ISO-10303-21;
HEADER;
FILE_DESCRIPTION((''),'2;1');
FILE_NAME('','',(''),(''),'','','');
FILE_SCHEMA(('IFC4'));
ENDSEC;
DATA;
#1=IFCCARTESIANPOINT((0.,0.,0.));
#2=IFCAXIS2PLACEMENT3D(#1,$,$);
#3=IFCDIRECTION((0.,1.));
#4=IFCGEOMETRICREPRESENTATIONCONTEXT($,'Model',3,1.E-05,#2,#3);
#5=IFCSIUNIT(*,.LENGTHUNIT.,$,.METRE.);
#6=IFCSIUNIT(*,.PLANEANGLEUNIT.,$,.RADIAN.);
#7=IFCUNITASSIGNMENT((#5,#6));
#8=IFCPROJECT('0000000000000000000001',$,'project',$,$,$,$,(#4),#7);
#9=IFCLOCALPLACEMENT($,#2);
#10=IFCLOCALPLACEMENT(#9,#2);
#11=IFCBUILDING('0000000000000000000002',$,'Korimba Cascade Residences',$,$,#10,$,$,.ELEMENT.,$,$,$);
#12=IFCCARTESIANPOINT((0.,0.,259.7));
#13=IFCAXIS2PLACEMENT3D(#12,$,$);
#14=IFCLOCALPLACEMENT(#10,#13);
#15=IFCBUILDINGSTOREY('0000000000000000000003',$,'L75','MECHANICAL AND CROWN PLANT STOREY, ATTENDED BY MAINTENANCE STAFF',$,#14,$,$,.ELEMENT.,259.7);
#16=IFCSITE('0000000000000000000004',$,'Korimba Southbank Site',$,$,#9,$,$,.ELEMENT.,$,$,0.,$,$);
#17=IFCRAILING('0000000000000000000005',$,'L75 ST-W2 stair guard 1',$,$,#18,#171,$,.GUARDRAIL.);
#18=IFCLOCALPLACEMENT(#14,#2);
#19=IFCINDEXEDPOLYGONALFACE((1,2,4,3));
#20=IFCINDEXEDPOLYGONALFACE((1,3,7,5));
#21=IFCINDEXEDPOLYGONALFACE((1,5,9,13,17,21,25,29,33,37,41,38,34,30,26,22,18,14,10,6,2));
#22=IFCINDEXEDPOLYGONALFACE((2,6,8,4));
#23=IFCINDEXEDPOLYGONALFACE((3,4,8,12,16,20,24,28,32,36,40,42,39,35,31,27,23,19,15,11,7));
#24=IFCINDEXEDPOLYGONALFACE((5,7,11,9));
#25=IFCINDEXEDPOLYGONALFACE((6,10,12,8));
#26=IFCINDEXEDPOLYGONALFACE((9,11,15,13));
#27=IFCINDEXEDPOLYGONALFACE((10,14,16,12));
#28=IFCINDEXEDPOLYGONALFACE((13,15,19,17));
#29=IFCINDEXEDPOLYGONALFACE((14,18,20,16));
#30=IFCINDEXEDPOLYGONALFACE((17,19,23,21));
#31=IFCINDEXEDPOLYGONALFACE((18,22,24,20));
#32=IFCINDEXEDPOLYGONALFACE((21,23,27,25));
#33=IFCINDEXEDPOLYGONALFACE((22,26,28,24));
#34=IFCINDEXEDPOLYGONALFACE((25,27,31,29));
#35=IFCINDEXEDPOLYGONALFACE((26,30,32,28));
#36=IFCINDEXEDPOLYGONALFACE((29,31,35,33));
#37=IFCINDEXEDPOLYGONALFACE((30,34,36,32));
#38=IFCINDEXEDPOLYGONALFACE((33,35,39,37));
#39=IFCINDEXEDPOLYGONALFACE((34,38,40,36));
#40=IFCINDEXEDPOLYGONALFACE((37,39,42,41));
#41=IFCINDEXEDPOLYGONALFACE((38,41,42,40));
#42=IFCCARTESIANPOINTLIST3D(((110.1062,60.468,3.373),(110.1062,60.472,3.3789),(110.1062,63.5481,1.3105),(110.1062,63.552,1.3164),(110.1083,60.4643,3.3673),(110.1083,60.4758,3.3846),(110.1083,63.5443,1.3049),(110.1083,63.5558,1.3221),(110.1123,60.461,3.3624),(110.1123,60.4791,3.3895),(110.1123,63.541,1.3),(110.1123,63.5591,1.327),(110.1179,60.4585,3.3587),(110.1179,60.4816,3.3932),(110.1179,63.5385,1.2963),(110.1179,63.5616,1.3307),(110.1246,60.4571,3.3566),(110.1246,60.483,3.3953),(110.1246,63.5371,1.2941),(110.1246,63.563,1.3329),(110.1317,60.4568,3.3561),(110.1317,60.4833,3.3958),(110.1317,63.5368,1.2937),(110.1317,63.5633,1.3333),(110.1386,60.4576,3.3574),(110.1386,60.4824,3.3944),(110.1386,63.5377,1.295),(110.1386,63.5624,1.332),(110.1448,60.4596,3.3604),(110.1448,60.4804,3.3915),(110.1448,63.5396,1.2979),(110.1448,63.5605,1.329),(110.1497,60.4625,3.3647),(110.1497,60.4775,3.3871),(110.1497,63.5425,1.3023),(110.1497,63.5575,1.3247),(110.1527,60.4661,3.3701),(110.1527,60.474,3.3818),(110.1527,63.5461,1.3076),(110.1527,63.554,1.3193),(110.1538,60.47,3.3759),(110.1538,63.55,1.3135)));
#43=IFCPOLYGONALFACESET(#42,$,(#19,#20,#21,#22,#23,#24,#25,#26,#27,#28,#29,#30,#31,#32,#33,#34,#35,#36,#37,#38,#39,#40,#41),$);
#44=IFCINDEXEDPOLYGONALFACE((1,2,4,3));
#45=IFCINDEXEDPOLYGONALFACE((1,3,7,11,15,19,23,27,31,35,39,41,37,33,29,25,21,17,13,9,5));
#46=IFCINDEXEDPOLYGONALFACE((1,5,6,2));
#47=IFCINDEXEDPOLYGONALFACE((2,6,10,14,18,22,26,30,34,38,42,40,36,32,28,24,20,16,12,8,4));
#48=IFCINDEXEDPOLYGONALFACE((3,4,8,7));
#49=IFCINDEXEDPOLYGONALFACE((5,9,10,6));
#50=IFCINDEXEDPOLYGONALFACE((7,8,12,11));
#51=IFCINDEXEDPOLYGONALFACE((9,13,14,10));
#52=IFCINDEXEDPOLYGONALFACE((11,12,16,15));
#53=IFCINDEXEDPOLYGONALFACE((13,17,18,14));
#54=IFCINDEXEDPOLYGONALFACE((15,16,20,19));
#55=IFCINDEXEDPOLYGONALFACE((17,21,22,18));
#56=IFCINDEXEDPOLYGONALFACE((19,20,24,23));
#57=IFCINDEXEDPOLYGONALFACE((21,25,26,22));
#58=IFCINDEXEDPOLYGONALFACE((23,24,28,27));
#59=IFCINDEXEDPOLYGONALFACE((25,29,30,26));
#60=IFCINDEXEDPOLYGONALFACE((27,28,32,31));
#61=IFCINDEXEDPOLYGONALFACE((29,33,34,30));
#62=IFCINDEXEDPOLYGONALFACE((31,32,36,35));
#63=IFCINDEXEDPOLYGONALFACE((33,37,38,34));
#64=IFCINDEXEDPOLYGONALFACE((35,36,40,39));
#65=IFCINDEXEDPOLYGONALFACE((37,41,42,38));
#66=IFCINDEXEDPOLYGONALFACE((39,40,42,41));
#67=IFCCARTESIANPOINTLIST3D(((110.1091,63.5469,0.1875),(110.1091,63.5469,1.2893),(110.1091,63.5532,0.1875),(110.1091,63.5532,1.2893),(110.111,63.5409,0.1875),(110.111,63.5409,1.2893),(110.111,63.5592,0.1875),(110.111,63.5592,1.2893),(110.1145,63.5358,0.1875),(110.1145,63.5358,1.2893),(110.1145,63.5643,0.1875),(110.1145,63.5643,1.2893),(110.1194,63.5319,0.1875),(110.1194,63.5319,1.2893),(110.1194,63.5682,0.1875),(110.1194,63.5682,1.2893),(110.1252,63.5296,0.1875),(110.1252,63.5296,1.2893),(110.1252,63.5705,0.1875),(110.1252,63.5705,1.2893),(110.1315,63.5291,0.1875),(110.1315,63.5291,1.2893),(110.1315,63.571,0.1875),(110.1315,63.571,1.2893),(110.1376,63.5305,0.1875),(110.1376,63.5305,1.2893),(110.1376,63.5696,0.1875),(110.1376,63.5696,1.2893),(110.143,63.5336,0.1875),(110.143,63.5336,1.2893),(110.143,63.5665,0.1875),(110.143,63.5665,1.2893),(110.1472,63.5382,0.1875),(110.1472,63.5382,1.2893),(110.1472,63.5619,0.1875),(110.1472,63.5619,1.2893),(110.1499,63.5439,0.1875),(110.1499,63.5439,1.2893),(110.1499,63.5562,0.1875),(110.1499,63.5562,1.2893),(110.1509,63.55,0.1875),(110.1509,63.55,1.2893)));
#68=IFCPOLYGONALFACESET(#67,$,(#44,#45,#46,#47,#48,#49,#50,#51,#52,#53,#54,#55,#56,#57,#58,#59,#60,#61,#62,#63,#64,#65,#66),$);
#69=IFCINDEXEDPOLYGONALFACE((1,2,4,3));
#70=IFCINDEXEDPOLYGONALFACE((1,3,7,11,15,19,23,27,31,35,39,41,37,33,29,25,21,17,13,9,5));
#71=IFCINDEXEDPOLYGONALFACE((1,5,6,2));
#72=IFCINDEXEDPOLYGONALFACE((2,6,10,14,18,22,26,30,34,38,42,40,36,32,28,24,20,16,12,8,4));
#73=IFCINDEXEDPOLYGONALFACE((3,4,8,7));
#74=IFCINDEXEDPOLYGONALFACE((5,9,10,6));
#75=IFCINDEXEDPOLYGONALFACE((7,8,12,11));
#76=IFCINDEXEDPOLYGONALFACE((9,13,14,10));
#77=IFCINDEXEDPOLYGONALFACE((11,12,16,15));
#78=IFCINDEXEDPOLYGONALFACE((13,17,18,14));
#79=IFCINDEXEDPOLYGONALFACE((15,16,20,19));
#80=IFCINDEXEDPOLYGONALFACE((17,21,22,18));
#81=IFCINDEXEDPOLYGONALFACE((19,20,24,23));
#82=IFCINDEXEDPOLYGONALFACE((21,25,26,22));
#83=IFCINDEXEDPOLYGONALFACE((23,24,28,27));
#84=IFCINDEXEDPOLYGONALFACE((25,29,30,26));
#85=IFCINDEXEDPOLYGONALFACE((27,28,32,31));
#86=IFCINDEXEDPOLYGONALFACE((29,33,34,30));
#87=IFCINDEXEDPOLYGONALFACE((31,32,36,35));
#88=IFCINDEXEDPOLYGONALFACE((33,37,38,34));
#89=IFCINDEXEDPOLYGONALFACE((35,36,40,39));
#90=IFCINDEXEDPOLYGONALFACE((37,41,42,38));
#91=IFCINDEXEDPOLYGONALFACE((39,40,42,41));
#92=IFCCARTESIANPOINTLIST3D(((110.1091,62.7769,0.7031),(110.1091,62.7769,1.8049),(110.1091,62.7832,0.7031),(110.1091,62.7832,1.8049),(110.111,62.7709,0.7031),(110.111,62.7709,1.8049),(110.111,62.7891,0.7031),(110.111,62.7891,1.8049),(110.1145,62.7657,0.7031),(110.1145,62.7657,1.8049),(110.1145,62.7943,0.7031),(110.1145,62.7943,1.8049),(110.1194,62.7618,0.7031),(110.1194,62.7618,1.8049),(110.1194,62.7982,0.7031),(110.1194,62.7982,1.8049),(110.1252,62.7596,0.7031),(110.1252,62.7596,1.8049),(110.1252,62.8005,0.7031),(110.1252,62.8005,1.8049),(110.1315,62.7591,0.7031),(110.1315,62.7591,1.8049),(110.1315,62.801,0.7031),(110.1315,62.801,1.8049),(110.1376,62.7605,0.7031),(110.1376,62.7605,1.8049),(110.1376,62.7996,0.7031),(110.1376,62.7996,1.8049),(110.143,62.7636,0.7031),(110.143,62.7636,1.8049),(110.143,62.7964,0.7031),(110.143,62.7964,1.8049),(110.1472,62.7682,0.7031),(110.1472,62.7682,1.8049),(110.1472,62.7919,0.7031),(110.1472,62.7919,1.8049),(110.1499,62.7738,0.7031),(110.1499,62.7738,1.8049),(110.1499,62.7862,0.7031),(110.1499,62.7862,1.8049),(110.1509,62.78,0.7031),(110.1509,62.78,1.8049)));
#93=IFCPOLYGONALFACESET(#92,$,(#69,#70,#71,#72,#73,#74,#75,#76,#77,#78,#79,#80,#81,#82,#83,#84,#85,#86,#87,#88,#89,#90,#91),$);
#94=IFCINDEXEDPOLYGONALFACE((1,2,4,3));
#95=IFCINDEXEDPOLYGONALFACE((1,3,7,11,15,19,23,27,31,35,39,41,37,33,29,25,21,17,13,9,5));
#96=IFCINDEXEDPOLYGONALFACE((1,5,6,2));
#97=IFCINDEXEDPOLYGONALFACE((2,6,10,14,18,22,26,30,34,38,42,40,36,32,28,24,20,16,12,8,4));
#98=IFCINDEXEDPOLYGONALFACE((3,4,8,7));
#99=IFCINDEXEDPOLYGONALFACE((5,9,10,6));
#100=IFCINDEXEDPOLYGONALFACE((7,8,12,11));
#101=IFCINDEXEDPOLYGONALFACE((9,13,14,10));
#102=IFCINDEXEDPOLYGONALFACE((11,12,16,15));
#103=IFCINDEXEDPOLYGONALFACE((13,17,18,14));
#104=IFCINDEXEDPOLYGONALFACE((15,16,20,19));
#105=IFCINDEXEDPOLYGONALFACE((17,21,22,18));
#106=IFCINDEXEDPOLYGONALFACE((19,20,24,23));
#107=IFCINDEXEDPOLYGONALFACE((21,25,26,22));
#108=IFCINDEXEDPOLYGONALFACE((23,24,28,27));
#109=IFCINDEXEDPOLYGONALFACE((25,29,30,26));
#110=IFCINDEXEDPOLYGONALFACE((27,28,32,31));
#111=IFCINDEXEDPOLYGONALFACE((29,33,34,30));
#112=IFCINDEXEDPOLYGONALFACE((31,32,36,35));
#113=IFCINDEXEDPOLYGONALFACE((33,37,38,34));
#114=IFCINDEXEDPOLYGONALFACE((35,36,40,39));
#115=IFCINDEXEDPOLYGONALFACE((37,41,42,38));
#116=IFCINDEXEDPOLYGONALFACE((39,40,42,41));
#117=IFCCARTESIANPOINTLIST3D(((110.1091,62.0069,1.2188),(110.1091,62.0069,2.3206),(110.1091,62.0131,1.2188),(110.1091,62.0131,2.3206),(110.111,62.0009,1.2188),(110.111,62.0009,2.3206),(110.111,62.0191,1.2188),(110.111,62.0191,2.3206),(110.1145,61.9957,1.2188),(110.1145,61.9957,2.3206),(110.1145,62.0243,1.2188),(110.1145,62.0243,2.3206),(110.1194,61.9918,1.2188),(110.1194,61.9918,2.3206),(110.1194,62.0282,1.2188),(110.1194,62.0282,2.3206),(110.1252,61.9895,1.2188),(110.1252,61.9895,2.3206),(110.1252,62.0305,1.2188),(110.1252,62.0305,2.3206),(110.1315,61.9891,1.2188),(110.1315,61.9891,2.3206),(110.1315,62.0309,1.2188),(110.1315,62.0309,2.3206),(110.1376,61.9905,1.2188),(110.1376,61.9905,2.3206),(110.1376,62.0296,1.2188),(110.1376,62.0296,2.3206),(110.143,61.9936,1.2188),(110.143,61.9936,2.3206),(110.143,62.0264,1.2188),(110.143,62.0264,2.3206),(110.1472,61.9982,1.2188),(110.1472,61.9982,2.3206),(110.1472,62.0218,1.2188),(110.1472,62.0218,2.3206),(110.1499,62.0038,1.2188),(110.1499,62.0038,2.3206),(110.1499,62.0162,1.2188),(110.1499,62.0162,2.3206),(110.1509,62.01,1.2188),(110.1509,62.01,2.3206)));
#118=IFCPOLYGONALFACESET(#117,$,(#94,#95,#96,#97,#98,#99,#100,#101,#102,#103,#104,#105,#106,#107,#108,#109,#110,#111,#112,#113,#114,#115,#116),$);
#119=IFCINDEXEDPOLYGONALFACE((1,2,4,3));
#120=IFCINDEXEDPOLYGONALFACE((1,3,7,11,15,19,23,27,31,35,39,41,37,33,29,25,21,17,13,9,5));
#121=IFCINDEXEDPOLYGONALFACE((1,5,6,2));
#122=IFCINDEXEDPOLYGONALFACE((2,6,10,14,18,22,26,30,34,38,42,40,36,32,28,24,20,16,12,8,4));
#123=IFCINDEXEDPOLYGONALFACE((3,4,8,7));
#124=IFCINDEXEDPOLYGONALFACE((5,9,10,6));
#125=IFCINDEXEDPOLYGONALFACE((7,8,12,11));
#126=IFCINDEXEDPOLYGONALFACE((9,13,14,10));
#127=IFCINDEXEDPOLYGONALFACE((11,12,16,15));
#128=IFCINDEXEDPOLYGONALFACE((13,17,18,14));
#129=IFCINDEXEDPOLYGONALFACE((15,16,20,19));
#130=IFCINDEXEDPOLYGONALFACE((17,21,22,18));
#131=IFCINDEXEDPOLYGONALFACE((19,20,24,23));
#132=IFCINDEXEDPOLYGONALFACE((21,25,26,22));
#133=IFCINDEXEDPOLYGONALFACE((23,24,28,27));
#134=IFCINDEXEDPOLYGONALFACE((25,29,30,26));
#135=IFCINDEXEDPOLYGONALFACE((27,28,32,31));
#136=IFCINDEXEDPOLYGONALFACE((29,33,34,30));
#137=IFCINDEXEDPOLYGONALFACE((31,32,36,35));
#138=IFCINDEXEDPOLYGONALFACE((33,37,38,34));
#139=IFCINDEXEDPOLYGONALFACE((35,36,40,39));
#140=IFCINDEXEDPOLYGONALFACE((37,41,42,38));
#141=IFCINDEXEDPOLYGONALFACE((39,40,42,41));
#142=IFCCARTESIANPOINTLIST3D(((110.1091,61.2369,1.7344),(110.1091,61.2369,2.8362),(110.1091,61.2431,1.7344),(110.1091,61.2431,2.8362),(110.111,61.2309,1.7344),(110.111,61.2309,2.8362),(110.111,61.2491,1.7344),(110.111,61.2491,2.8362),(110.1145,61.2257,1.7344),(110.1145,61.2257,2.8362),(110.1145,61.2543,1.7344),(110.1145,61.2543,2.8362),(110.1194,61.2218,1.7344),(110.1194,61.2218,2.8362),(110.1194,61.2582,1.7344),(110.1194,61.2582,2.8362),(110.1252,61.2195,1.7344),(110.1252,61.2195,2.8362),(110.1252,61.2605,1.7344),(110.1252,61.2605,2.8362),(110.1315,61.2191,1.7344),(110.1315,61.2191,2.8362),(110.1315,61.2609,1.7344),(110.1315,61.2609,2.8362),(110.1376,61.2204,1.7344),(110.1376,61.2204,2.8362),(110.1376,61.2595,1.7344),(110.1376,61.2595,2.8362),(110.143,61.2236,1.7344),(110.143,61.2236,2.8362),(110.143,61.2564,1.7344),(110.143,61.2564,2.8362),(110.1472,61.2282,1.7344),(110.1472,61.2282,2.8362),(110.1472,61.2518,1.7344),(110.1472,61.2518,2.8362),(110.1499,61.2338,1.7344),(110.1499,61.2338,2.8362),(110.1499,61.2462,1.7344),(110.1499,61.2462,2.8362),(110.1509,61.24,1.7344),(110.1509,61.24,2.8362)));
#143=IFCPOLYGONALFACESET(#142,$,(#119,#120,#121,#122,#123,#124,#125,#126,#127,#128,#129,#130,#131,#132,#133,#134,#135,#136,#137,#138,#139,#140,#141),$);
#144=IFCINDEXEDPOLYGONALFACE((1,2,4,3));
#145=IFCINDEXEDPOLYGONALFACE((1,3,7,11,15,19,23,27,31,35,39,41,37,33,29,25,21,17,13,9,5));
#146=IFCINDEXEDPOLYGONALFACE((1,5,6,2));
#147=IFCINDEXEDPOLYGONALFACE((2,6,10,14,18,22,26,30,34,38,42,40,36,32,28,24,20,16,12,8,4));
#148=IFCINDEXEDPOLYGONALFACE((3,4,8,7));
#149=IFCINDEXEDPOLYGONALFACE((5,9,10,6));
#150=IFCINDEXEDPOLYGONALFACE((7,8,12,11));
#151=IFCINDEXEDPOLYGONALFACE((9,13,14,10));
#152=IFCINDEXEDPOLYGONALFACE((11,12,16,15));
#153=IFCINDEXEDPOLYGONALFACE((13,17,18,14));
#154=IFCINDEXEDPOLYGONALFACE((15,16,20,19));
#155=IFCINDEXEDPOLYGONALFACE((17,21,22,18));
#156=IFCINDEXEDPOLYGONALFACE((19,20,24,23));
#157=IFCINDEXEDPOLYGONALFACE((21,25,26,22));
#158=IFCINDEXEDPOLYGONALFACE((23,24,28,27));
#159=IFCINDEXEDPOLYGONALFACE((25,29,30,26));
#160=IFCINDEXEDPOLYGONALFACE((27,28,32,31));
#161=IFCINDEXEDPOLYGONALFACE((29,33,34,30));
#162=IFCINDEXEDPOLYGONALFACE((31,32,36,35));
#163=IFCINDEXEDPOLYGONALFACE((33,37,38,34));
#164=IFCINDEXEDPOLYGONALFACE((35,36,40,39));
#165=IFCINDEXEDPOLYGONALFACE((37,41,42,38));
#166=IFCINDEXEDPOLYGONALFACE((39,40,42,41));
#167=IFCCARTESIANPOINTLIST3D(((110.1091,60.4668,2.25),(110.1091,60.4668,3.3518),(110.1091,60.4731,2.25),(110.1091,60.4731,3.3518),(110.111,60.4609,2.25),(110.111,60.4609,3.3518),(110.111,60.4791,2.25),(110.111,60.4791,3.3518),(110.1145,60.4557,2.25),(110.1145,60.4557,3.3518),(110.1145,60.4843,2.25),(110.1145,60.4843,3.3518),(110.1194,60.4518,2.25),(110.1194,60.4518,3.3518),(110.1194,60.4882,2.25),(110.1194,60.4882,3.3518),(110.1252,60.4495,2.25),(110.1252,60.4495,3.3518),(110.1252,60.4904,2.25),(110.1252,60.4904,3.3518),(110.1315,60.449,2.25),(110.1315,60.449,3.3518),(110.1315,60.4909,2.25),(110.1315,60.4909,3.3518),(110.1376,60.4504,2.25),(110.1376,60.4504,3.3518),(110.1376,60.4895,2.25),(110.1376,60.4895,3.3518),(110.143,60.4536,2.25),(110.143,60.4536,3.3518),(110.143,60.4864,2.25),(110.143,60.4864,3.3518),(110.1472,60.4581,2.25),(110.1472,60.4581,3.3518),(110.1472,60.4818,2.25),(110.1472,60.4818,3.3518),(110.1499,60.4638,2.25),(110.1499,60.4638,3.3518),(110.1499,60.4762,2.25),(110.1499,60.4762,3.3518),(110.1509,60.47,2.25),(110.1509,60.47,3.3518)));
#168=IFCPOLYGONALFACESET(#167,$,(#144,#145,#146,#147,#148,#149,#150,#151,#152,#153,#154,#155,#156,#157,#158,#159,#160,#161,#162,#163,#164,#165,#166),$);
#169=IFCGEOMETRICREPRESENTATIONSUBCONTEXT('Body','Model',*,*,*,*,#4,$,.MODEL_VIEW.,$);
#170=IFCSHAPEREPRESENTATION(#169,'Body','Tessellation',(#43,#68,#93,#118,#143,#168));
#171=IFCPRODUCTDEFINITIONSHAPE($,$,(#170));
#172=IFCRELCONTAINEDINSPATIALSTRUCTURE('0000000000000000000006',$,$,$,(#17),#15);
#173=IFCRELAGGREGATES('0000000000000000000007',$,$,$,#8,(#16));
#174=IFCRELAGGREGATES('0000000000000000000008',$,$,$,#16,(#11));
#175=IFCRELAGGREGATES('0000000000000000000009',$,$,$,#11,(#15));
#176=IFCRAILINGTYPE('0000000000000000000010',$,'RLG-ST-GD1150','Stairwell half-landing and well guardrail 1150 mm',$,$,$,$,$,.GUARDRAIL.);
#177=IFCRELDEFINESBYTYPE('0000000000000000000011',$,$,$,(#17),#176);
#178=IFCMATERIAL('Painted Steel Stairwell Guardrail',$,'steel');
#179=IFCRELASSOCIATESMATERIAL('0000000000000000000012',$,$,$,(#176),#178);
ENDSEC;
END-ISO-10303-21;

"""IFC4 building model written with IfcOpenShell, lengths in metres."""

from ifc_helpers import new_model, si_unit, direction, frame, origin, origin_2d, place, context, subcontext, project, spatial, circle, extrude, material, type_object, element, save


model = new_model("IFC4")

# Units and contexts
model_context = context("Model", 3, precision=1e-05, world=origin(), true_north=direction((0.0, 1.0)))
body_context = subcontext(model_context, "Body", "Model", "MODEL_VIEW")
ifc_project = project(units=[si_unit("LENGTHUNIT", "METRE"), si_unit("PLANEANGLEUNIT", "RADIAN")], contexts=[model_context])

# Site, building, storey
site_placement = place(None, origin())
site = spatial("IfcSite", under=ifc_project, at=site_placement, Name="Korimba Southbank Site", CompositionType="ELEMENT", RefElevation=0.0)
building_placement = place(site_placement, origin())
building = spatial("IfcBuilding", under=site, at=building_placement, Name="Korimba Cascade Residences", CompositionType="ELEMENT")
storey_placement = place(building_placement, frame((0.0, 0.0, 259.7)))
storey = spatial("IfcBuildingStorey", under=building, at=storey_placement, Name="L75", Description="MECHANICAL AND CROWN PLANT STOREY, ATTENDED BY MAINTENANCE STAFF", CompositionType="ELEMENT", Elevation=259.7)

# Railing
ifc_material_1 = material(Name="Painted Steel Stairwell Guardrail", Category="steel")
railing_type_1 = type_object("IfcRailingType", Name="RLG-ST-GD1150", Description="Stairwell half-landing and well guardrail 1150 mm", PredefinedType="GUARDRAIL", material=ifc_material_1)
railing_1_placement = place(storey_placement, frame((110.1299, 63.55, 0.1875)))
element("IfcRailing", 1, at=railing_1_placement, inside=storey, type_object=railing_type_1, Name="L75 ST-W2 stair guard 1", PredefinedType="GUARDRAIL", context=body_context, shape_type="SweptSolid", body=[
    extrude(circle(Radius=0.0239, at=origin_2d()), frame((0.0, 0.0, 1.126), z_axis=(0.0, -0.830914, 0.556401), x_axis=(1.0, 0.0, 0.0)), (0.0, 0.0, 1.0), 3.7068),
    extrude(circle(Radius=0.021, at=origin_2d()), origin(), (0.0, 0.0, 1.0), 1.1018),
    extrude(circle(Radius=0.021, at=origin_2d()), frame((0.0, -0.77, 0.5156)), (0.0, 0.0, 1.0), 1.1018),
    extrude(circle(Radius=0.021, at=origin_2d()), frame((0.0, -1.54, 1.0312)), (0.0, 0.0, 1.0), 1.1018),
    extrude(circle(Radius=0.021, at=origin_2d()), frame((0.0, -2.3101, 1.5469)), (0.0, 0.0, 1.0), 1.1018),
    extrude(circle(Radius=0.021, at=origin_2d()), frame((0.0, -3.0801, 2.0625)), (0.0, 0.0, 1.0), 1.1018),
])

save(model, "model.ifc")
